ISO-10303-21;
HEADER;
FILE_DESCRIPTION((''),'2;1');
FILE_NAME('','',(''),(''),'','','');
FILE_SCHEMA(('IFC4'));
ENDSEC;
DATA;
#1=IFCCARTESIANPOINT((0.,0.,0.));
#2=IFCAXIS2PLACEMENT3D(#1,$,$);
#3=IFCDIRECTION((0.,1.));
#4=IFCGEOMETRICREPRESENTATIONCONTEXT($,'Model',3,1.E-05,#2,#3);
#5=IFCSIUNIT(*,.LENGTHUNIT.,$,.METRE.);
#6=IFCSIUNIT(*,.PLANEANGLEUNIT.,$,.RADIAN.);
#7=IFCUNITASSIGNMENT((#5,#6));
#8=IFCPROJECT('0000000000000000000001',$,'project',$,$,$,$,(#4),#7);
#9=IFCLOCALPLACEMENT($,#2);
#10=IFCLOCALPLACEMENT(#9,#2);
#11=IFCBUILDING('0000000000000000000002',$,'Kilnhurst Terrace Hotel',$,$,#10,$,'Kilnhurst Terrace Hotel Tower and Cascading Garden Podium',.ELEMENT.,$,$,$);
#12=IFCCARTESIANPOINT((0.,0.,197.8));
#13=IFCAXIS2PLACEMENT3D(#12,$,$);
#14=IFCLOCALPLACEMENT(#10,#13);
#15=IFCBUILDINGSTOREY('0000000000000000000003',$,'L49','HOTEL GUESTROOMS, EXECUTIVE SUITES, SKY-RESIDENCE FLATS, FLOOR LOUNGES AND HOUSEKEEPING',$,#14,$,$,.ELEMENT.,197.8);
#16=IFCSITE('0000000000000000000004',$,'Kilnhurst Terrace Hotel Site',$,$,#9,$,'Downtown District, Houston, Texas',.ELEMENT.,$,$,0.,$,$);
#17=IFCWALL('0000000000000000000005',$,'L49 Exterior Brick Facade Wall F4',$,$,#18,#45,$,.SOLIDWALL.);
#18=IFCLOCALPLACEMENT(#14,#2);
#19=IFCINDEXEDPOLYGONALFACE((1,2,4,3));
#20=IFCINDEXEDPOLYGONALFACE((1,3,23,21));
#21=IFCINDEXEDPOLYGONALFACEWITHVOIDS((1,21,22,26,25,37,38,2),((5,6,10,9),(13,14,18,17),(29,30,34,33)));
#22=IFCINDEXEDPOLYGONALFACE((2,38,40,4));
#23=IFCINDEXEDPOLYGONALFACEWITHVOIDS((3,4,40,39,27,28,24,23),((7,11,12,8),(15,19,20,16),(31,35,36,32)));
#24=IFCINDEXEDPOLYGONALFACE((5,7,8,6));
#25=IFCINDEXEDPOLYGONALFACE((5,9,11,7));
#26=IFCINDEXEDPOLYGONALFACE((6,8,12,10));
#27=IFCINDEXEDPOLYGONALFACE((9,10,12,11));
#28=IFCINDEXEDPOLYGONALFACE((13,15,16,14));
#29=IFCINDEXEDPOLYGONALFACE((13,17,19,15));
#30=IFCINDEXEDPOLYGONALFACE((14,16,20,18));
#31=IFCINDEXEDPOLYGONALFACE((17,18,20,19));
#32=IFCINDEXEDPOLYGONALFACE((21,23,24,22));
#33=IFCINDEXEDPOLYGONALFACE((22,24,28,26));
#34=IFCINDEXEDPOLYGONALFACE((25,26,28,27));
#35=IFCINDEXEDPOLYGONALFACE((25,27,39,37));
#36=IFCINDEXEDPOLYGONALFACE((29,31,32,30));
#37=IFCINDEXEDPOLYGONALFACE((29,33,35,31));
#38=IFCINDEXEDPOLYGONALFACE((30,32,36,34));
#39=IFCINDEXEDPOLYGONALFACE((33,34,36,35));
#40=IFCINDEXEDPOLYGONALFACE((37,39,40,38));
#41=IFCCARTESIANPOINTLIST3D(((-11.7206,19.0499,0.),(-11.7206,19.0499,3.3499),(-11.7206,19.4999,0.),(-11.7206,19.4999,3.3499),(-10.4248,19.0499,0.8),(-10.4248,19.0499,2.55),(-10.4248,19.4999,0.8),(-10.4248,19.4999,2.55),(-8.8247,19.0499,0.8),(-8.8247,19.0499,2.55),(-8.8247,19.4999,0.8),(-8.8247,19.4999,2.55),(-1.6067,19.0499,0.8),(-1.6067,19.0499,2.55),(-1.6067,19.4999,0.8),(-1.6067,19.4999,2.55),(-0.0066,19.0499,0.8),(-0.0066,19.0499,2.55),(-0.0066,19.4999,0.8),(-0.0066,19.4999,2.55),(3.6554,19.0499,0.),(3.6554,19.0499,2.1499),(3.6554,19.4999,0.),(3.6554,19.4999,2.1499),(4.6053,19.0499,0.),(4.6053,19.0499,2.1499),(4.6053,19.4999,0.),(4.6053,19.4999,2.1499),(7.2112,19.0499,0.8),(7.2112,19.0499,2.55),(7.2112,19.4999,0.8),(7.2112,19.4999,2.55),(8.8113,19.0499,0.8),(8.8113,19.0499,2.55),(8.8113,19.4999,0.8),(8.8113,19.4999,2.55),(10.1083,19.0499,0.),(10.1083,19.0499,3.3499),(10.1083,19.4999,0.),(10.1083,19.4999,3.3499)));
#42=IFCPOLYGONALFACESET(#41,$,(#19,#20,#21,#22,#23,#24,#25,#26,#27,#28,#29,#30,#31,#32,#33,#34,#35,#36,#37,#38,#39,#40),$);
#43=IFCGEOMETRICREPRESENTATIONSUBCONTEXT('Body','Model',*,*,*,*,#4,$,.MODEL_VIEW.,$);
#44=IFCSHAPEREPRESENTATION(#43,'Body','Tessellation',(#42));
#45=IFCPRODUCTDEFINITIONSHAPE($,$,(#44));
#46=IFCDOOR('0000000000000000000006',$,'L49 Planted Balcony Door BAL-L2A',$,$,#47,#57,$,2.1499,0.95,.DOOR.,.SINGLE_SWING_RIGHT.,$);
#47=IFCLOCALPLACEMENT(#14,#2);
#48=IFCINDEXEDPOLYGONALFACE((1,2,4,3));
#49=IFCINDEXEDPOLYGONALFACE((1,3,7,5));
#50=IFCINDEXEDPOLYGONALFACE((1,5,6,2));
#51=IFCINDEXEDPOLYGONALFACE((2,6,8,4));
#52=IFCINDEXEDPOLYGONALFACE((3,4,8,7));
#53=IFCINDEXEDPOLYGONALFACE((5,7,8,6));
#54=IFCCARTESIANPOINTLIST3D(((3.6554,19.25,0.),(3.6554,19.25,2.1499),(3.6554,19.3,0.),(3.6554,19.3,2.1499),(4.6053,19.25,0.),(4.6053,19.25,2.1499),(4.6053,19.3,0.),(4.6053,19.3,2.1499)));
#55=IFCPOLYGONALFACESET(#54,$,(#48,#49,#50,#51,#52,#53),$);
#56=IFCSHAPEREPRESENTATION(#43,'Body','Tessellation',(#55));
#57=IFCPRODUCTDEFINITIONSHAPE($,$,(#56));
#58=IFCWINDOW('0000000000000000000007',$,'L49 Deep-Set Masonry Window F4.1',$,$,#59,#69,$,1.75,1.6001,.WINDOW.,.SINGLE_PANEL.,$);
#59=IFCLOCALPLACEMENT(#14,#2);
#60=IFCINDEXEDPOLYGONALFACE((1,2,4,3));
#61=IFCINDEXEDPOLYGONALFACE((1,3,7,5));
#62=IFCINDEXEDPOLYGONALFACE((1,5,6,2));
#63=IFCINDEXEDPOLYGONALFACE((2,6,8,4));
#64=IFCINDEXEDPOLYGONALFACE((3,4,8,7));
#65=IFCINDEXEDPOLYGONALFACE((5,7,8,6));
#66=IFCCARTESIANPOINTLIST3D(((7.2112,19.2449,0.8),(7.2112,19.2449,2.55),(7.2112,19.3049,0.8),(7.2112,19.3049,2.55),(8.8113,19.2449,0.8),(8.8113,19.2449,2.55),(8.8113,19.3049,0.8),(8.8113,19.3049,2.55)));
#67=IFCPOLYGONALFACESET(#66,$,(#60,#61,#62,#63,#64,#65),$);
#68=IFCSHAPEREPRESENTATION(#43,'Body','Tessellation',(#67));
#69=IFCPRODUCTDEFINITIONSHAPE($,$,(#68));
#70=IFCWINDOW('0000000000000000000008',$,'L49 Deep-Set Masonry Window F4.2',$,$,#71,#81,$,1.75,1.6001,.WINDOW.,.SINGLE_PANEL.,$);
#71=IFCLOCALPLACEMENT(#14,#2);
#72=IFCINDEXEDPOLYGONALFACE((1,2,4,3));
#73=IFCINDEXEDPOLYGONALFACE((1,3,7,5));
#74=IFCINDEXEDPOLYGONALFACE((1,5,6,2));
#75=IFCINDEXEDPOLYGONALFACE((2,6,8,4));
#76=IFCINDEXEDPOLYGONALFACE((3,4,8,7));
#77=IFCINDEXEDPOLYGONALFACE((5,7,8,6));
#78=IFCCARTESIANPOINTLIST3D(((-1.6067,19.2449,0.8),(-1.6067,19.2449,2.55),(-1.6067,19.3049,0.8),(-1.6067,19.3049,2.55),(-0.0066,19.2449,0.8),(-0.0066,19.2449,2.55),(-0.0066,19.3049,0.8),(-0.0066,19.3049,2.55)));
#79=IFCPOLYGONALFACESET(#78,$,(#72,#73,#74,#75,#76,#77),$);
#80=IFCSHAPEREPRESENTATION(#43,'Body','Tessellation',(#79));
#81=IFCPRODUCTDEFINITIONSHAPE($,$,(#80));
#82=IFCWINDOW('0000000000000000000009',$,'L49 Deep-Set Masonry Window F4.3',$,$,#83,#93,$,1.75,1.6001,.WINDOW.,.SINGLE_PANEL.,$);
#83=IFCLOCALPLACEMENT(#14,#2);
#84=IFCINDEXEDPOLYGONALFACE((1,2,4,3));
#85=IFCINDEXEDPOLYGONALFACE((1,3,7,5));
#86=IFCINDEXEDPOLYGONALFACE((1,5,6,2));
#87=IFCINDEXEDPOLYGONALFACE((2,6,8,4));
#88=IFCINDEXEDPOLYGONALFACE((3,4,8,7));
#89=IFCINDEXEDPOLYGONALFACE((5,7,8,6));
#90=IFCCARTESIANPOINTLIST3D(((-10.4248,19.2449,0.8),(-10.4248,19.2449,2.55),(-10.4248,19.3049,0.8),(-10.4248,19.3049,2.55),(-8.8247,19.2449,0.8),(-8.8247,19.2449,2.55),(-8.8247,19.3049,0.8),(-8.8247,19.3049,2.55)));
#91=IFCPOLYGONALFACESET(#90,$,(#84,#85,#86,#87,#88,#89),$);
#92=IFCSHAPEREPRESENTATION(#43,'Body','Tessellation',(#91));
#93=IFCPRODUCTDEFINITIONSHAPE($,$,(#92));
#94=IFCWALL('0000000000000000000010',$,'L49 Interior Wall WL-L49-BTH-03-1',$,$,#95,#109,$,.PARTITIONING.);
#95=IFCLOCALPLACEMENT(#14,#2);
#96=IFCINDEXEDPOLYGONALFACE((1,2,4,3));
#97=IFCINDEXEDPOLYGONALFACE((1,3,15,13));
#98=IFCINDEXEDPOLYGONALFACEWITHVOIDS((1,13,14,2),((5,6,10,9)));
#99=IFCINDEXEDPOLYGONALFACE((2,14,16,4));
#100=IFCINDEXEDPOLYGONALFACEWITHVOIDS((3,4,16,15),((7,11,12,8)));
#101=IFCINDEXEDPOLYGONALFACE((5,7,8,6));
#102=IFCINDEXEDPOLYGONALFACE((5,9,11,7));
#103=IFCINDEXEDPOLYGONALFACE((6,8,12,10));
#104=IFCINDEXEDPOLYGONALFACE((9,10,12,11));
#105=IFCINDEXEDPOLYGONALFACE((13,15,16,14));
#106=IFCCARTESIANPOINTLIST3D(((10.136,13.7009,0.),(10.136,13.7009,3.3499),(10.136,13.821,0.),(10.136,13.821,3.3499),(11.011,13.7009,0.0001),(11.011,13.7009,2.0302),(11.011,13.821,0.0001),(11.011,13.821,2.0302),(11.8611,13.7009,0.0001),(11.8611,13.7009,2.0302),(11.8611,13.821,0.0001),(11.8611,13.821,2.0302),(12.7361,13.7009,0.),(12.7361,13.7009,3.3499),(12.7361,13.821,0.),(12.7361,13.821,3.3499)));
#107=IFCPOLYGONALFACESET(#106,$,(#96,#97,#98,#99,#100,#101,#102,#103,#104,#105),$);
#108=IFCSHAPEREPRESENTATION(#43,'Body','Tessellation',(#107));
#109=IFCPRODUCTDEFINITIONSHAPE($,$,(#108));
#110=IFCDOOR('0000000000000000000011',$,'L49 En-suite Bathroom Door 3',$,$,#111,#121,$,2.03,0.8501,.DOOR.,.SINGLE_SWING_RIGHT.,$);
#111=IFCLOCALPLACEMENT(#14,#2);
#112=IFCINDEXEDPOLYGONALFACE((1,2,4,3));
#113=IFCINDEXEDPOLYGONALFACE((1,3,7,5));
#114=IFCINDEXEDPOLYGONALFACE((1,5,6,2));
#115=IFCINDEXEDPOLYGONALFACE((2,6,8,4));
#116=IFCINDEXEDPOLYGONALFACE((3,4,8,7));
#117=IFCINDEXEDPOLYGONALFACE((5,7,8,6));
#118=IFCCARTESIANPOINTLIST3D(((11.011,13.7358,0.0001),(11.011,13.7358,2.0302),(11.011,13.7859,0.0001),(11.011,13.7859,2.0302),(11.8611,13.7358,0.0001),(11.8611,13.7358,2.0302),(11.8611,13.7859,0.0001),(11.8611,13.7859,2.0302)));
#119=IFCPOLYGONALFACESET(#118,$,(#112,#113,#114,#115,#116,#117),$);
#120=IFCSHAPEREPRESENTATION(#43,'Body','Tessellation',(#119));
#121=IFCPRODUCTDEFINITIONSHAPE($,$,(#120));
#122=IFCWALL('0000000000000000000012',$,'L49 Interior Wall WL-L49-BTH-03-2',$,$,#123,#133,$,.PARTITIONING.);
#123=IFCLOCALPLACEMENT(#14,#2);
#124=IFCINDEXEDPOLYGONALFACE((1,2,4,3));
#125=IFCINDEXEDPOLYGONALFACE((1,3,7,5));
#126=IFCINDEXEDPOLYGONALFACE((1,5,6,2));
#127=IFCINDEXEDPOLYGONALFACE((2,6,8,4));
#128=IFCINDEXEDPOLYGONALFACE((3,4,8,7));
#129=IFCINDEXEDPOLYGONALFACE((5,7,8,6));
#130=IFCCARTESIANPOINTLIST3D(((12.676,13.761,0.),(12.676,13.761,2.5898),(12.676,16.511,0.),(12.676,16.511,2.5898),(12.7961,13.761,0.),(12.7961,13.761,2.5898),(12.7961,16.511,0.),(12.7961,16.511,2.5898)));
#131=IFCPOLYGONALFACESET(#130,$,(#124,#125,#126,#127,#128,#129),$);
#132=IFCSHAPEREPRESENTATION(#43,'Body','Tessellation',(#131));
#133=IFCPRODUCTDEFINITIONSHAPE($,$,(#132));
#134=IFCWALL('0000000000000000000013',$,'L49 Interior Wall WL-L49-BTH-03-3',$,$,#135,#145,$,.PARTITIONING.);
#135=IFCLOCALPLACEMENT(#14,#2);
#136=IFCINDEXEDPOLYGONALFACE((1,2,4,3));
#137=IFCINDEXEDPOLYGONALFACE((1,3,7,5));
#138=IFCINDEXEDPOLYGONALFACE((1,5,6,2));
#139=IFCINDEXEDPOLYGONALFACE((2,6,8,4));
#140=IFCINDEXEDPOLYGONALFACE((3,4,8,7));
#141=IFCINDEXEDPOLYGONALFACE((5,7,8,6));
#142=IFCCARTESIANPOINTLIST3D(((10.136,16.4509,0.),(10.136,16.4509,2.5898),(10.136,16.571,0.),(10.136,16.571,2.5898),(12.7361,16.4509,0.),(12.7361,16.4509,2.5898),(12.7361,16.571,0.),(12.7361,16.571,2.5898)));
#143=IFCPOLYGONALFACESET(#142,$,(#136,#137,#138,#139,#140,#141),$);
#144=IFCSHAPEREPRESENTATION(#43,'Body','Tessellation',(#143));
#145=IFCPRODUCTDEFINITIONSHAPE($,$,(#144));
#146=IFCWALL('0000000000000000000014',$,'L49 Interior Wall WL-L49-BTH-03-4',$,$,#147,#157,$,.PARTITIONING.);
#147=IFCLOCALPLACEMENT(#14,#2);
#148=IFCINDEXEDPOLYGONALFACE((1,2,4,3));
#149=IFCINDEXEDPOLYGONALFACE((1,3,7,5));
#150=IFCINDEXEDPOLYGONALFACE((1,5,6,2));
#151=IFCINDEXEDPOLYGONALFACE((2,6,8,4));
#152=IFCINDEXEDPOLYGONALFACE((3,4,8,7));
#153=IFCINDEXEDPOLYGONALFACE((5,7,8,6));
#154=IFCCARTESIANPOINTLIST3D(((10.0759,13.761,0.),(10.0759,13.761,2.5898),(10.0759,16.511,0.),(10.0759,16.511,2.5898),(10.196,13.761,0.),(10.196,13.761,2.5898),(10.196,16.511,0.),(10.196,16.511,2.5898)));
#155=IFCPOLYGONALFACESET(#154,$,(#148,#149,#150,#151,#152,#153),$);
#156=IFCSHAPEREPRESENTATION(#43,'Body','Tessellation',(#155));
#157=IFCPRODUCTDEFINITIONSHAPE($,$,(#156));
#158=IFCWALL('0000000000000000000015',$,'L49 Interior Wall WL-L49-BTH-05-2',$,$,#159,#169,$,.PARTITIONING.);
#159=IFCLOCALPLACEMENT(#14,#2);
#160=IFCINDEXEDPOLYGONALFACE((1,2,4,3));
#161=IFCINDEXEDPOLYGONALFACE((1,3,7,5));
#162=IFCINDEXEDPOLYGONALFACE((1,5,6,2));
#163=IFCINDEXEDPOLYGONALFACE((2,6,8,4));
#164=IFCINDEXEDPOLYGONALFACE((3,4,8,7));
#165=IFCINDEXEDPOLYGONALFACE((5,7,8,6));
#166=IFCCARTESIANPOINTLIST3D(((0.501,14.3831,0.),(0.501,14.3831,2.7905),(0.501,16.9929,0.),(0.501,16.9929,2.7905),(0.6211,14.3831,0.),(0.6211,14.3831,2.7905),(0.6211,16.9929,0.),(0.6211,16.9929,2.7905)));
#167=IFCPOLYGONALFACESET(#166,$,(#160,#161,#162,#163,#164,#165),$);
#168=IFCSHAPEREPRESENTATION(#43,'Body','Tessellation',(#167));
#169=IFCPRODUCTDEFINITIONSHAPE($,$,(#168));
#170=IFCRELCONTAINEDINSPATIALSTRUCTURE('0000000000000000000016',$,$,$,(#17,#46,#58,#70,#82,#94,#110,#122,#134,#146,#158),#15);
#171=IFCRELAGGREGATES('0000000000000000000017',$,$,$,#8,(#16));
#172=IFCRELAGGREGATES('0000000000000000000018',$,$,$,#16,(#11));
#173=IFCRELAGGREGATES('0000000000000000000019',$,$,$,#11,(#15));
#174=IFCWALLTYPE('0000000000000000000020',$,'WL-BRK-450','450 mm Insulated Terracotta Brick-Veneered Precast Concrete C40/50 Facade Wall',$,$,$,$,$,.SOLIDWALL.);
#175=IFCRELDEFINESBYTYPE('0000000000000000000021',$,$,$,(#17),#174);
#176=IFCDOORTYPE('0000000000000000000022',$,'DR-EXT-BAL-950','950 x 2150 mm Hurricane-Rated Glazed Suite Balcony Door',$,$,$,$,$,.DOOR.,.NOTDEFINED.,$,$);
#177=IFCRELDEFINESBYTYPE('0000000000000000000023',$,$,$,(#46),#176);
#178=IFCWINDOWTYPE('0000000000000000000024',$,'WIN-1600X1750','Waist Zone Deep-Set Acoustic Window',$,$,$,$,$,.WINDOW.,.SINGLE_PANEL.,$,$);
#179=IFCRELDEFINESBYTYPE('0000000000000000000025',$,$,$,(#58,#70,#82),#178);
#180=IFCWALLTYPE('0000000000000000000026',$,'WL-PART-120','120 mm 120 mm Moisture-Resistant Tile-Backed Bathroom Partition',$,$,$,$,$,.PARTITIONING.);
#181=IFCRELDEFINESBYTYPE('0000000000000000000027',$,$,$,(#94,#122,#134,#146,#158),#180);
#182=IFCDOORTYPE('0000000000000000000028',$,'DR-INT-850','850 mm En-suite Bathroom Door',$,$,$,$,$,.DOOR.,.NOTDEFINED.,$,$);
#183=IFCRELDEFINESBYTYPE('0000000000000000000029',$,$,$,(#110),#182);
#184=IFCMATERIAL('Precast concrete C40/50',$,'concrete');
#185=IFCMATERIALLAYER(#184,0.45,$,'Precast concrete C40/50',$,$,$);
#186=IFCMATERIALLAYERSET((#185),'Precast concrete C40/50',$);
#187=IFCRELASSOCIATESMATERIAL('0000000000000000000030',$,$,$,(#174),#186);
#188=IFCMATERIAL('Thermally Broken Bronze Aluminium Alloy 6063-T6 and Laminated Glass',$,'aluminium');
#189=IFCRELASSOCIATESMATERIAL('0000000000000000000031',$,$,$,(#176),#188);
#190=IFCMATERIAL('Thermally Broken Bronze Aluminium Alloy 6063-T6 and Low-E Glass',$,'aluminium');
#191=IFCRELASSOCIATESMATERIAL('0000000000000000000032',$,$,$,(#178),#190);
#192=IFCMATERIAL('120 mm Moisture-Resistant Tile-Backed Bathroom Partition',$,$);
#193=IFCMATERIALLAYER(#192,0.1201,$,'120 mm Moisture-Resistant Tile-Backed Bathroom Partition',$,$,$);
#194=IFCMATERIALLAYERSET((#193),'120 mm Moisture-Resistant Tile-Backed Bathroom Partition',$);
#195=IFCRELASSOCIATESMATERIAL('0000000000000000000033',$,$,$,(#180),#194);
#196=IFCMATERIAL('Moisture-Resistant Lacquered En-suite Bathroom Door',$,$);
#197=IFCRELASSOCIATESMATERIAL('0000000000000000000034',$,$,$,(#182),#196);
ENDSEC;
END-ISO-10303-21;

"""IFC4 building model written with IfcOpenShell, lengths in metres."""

from ifc_helpers import new_model, si_unit, direction, frame, frame_2d, origin, place, context, subcontext, project, spatial, rectangle, extrude, material, layer, layer_set, type_object, element, fill, save


model = new_model("IFC4")

# Units and contexts
model_context = context("Model", 3, precision=1e-05, world=origin(), true_north=direction((0.0, 1.0)))
body_context = subcontext(model_context, "Body", "Model", "MODEL_VIEW")
ifc_project = project(units=[si_unit("LENGTHUNIT", "METRE"), si_unit("PLANEANGLEUNIT", "RADIAN")], contexts=[model_context])

# Site, building, storey
site_placement = place(None, origin())
site = spatial("IfcSite", under=ifc_project, at=site_placement, Name="Kilnhurst Terrace Hotel Site", LongName="Downtown District, Houston, Texas", CompositionType="ELEMENT", RefElevation=0.0)
building_placement = place(site_placement, origin())
building = spatial("IfcBuilding", under=site, at=building_placement, Name="Kilnhurst Terrace Hotel", LongName="Kilnhurst Terrace Hotel Tower and Cascading Garden Podium", CompositionType="ELEMENT")
storey_placement = place(building_placement, frame((0.0, 0.0, 197.8)))
storey = spatial("IfcBuildingStorey", under=building, at=storey_placement, Name="L49", Description="HOTEL GUESTROOMS, EXECUTIVE SUITES, SKY-RESIDENCE FLATS, FLOOR LOUNGES AND HOUSEKEEPING", CompositionType="ELEMENT", Elevation=197.8)

# Shared definitions
ifc_material_1 = material(Name="Precast concrete C40/50", Category="concrete")
ifc_layer_1 = layer(ifc_material_1, 0.45, Name="Precast concrete C40/50")
ifc_layer_set_1 = layer_set([ifc_layer_1], Name="Precast concrete C40/50")
wall_type_1 = type_object("IfcWallType", Name="WL-BRK-450", Description="450 mm Insulated Terracotta Brick-Veneered Precast Concrete C40/50 Facade Wall", PredefinedType="SOLIDWALL", material=ifc_layer_set_1)

# Wall, openings, door, windows
wall_1_placement = place(storey_placement, frame((10.1084, 19.2749, 0.0), z_axis=(0.0, 0.0, 1.0), x_axis=(-1.0, 0.0, 0.0)))
wall_1 = element("IfcWall", 1, at=wall_1_placement, inside=storey, type_object=wall_type_1, Name="L49 Exterior Brick Facade Wall F4", PredefinedType="SOLIDWALL", context=body_context, shape_type="SweptSolid", body=[
    extrude(rectangle(XDim=21.8289, YDim=0.45, at=frame_2d((10.9146, 0.0))), origin(), (0.0, 0.0, 1.0), 3.3499),
])
opening_1_placement = place(wall_1_placement, frame((5.5029, 0.0, 0.0)))
opening_1 = element("IfcOpeningElement", 2, at=opening_1_placement, cuts=wall_1, PredefinedType="OPENING", context=body_context, shape_type="SweptSolid", body=[
    extrude(rectangle(XDim=0.95, YDim=2.1499, at=frame_2d((0.4751, 1.075))), frame((0.0, 0.2349, 0.0), z_axis=(0.0, -1.0, 0.0), x_axis=(1.0, 0.0, 0.0)), (0.0, 0.0, 1.0), 0.47),
])
opening_2_placement = place(wall_1_placement, frame((1.2971, 0.0, 0.8)))
opening_2 = element("IfcOpeningElement", 3, at=opening_2_placement, cuts=wall_1, PredefinedType="OPENING", context=body_context, shape_type="SweptSolid", body=[
    extrude(rectangle(XDim=1.6001, YDim=1.75, at=frame_2d((0.8, 0.875))), frame((0.0, 0.2349, 0.0), z_axis=(0.0, -1.0, 0.0), x_axis=(1.0, 0.0, 0.0)), (0.0, 0.0, 1.0), 0.47),
])
opening_3_placement = place(wall_1_placement, frame((10.115, 0.0, 0.8)))
opening_3 = element("IfcOpeningElement", 4, at=opening_3_placement, cuts=wall_1, PredefinedType="OPENING", context=body_context, shape_type="SweptSolid", body=[
    extrude(rectangle(XDim=1.6001, YDim=1.75, at=frame_2d((0.8, 0.875))), frame((0.0, 0.2349, 0.0), z_axis=(0.0, -1.0, 0.0), x_axis=(1.0, 0.0, 0.0)), (0.0, 0.0, 1.0), 0.47),
])
opening_4_placement = place(wall_1_placement, frame((18.9331, 0.0, 0.8)))
opening_4 = element("IfcOpeningElement", 5, at=opening_4_placement, cuts=wall_1, PredefinedType="OPENING", context=body_context, shape_type="SweptSolid", body=[
    extrude(rectangle(XDim=1.6001, YDim=1.75, at=frame_2d((0.8, 0.875))), frame((0.0, 0.2349, 0.0), z_axis=(0.0, -1.0, 0.0), x_axis=(1.0, 0.0, 0.0)), (0.0, 0.0, 1.0), 0.47),
])
ifc_material_2 = material(Name="Thermally Broken Bronze Aluminium Alloy 6063-T6 and Laminated Glass", Category="aluminium")
door_type_1 = type_object("IfcDoorType", Name="DR-EXT-BAL-950", Description="950 x 2150 mm Hurricane-Rated Glazed Suite Balcony Door", OperationType="NOTDEFINED", PredefinedType="DOOR", material=ifc_material_2)
door_1_placement = place(opening_1_placement, origin())
door_1 = element("IfcDoor", 6, at=door_1_placement, inside=storey, type_object=door_type_1, Name="L49 Planted Balcony Door BAL-L2A", OperationType="SINGLE_SWING_RIGHT", OverallHeight=2.1499, OverallWidth=0.95, PredefinedType="DOOR", context=body_context, shape_type="SweptSolid", body=[
    extrude(rectangle(XDim=0.95, YDim=2.1499, at=frame_2d((0.4751, 1.075))), frame((0.0, 0.0249, 0.0), z_axis=(0.0, -1.0, 0.0), x_axis=(1.0, 0.0, 0.0)), (0.0, 0.0, 1.0), 0.05),
])
fill(opening_1, door_1)
ifc_material_3 = material(Name="Thermally Broken Bronze Aluminium Alloy 6063-T6 and Low-E Glass", Category="aluminium")
window_type = type_object("IfcWindowType", Name="WIN-1600X1750", Description="Waist Zone Deep-Set Acoustic Window", PartitioningType="SINGLE_PANEL", PredefinedType="WINDOW", material=ifc_material_3)
window_1_placement = place(opening_2_placement, origin())
window_1 = element("IfcWindow", 7, at=window_1_placement, inside=storey, type_object=window_type, Name="L49 Deep-Set Masonry Window F4.1", OverallHeight=1.75, OverallWidth=1.6001, PartitioningType="SINGLE_PANEL", PredefinedType="WINDOW", context=body_context, shape_type="SweptSolid", body=[
    extrude(rectangle(XDim=1.6001, YDim=1.75, at=frame_2d((0.8, 0.875))), frame((0.0, 0.03, 0.0), z_axis=(0.0, -1.0, 0.0), x_axis=(1.0, 0.0, 0.0)), (0.0, 0.0, 1.0), 0.0601),
])
fill(opening_2, window_1)
window_2_placement = place(opening_3_placement, origin())
window_2 = element("IfcWindow", 8, at=window_2_placement, inside=storey, type_object=window_type, Name="L49 Deep-Set Masonry Window F4.2", OverallHeight=1.75, OverallWidth=1.6001, PartitioningType="SINGLE_PANEL", PredefinedType="WINDOW", context=body_context, shape_type="SweptSolid", body=[
    extrude(rectangle(XDim=1.6001, YDim=1.75, at=frame_2d((0.8, 0.875))), frame((0.0, 0.03, 0.0), z_axis=(0.0, -1.0, 0.0), x_axis=(1.0, 0.0, 0.0)), (0.0, 0.0, 1.0), 0.0601),
])
fill(opening_3, window_2)
window_3_placement = place(opening_4_placement, origin())
window_3 = element("IfcWindow", 9, at=window_3_placement, inside=storey, type_object=window_type, Name="L49 Deep-Set Masonry Window F4.3", OverallHeight=1.75, OverallWidth=1.6001, PartitioningType="SINGLE_PANEL", PredefinedType="WINDOW", context=body_context, shape_type="SweptSolid", body=[
    extrude(rectangle(XDim=1.6001, YDim=1.75, at=frame_2d((0.8, 0.875))), frame((0.0, 0.03, 0.0), z_axis=(0.0, -1.0, 0.0), x_axis=(1.0, 0.0, 0.0)), (0.0, 0.0, 1.0), 0.0601),
])
fill(opening_4, window_3)

# Wall, opening, door
ifc_material_4 = material(Name="120 mm Moisture-Resistant Tile-Backed Bathroom Partition")
ifc_layer_2 = layer(ifc_material_4, 0.1201, Name="120 mm Moisture-Resistant Tile-Backed Bathroom Partition")
ifc_layer_set_2 = layer_set([ifc_layer_2], Name="120 mm Moisture-Resistant Tile-Backed Bathroom Partition")
wall_type_2 = type_object("IfcWallType", Name="WL-PART-120", Description="120 mm 120 mm Moisture-Resistant Tile-Backed Bathroom Partition", PredefinedType="PARTITIONING", material=ifc_layer_set_2)
wall_2_placement = place(storey_placement, frame((10.136, 13.761, 0.0), z_axis=(0.0, 0.0, 1.0), x_axis=(1.0, 0.0, 0.0)))
wall_2 = element("IfcWall", 10, at=wall_2_placement, inside=storey, type_object=wall_type_2, Name="L49 Interior Wall WL-L49-BTH-03-1", PredefinedType="PARTITIONING", context=body_context, shape_type="SweptSolid", body=[
    extrude(rectangle(XDim=2.6001, YDim=0.1201, at=frame_2d((1.3, 0.0))), origin(), (0.0, 0.0, 1.0), 3.3499),
])
opening_5_placement = place(wall_2_placement, frame((0.875, 0.0, 0.0)))
opening_5 = element("IfcOpeningElement", 11, at=opening_5_placement, cuts=wall_2, PredefinedType="OPENING", context=body_context, shape_type="SweptSolid", body=[
    extrude(rectangle(XDim=0.8501, YDim=2.03, at=frame_2d((0.425, 1.0151))), frame((0.0, 0.0701, 0.0), z_axis=(0.0, -1.0, 0.0), x_axis=(1.0, 0.0, 0.0)), (0.0, 0.0, 1.0), 0.1401),
])
ifc_material_5 = material(Name="Moisture-Resistant Lacquered En-suite Bathroom Door")
door_type_2 = type_object("IfcDoorType", Name="DR-INT-850", Description="850 mm En-suite Bathroom Door", OperationType="NOTDEFINED", PredefinedType="DOOR", material=ifc_material_5)
door_2_placement = place(opening_5_placement, origin())
door_2 = element("IfcDoor", 12, at=door_2_placement, inside=storey, type_object=door_type_2, Name="L49 En-suite Bathroom Door 3", OperationType="SINGLE_SWING_RIGHT", OverallHeight=2.03, OverallWidth=0.8501, PredefinedType="DOOR", context=body_context, shape_type="SweptSolid", body=[
    extrude(rectangle(XDim=0.8501, YDim=2.03, at=frame_2d((0.425, 1.0151))), frame((0.0, 0.0249, 0.0), z_axis=(0.0, -1.0, 0.0), x_axis=(1.0, 0.0, 0.0)), (0.0, 0.0, 1.0), 0.05),
])
fill(opening_5, door_2)

# Walls
wall_3_placement = place(storey_placement, frame((12.7361, 13.761, 0.0), z_axis=(0.0, 0.0, 1.0), x_axis=(0.0, 1.0, 0.0)))
element("IfcWall", 13, at=wall_3_placement, inside=storey, type_object=wall_type_2, Name="L49 Interior Wall WL-L49-BTH-03-2", PredefinedType="PARTITIONING", context=body_context, shape_type="SweptSolid", body=[
    extrude(rectangle(XDim=2.75, YDim=0.1201, at=frame_2d((1.375, 0.0))), origin(), (0.0, 0.0, 1.0), 2.5898),
])
wall_4_placement = place(storey_placement, frame((12.7361, 16.511, 0.0), z_axis=(0.0, 0.0, 1.0), x_axis=(-1.0, 0.0, 0.0)))
element("IfcWall", 14, at=wall_4_placement, inside=storey, type_object=wall_type_2, Name="L49 Interior Wall WL-L49-BTH-03-3", PredefinedType="PARTITIONING", context=body_context, shape_type="SweptSolid", body=[
    extrude(rectangle(XDim=2.6001, YDim=0.1201, at=frame_2d((1.3, 0.0))), origin(), (0.0, 0.0, 1.0), 2.5898),
])
wall_5_placement = place(storey_placement, frame((10.136, 16.511, 0.0), z_axis=(0.0, 0.0, 1.0), x_axis=(0.0, -1.0, 0.0)))
element("IfcWall", 15, at=wall_5_placement, inside=storey, type_object=wall_type_2, Name="L49 Interior Wall WL-L49-BTH-03-4", PredefinedType="PARTITIONING", context=body_context, shape_type="SweptSolid", body=[
    extrude(rectangle(XDim=2.75, YDim=0.1201, at=frame_2d((1.375, 0.0))), origin(), (0.0, 0.0, 1.0), 2.5898),
])
wall_6_placement = place(storey_placement, frame((0.561, 14.3831, 0.0), z_axis=(0.0, 0.0, 1.0), x_axis=(0.0, 1.0, 0.0)))
element("IfcWall", 16, at=wall_6_placement, inside=storey, type_object=wall_type_2, Name="L49 Interior Wall WL-L49-BTH-05-2", PredefinedType="PARTITIONING", context=body_context, shape_type="SweptSolid", body=[
    extrude(rectangle(XDim=2.6099, YDim=0.1201, at=frame_2d((1.3049, 0.0))), origin(), (0.0, 0.0, 1.0), 2.7905),
])

save(model, "model.ifc")
